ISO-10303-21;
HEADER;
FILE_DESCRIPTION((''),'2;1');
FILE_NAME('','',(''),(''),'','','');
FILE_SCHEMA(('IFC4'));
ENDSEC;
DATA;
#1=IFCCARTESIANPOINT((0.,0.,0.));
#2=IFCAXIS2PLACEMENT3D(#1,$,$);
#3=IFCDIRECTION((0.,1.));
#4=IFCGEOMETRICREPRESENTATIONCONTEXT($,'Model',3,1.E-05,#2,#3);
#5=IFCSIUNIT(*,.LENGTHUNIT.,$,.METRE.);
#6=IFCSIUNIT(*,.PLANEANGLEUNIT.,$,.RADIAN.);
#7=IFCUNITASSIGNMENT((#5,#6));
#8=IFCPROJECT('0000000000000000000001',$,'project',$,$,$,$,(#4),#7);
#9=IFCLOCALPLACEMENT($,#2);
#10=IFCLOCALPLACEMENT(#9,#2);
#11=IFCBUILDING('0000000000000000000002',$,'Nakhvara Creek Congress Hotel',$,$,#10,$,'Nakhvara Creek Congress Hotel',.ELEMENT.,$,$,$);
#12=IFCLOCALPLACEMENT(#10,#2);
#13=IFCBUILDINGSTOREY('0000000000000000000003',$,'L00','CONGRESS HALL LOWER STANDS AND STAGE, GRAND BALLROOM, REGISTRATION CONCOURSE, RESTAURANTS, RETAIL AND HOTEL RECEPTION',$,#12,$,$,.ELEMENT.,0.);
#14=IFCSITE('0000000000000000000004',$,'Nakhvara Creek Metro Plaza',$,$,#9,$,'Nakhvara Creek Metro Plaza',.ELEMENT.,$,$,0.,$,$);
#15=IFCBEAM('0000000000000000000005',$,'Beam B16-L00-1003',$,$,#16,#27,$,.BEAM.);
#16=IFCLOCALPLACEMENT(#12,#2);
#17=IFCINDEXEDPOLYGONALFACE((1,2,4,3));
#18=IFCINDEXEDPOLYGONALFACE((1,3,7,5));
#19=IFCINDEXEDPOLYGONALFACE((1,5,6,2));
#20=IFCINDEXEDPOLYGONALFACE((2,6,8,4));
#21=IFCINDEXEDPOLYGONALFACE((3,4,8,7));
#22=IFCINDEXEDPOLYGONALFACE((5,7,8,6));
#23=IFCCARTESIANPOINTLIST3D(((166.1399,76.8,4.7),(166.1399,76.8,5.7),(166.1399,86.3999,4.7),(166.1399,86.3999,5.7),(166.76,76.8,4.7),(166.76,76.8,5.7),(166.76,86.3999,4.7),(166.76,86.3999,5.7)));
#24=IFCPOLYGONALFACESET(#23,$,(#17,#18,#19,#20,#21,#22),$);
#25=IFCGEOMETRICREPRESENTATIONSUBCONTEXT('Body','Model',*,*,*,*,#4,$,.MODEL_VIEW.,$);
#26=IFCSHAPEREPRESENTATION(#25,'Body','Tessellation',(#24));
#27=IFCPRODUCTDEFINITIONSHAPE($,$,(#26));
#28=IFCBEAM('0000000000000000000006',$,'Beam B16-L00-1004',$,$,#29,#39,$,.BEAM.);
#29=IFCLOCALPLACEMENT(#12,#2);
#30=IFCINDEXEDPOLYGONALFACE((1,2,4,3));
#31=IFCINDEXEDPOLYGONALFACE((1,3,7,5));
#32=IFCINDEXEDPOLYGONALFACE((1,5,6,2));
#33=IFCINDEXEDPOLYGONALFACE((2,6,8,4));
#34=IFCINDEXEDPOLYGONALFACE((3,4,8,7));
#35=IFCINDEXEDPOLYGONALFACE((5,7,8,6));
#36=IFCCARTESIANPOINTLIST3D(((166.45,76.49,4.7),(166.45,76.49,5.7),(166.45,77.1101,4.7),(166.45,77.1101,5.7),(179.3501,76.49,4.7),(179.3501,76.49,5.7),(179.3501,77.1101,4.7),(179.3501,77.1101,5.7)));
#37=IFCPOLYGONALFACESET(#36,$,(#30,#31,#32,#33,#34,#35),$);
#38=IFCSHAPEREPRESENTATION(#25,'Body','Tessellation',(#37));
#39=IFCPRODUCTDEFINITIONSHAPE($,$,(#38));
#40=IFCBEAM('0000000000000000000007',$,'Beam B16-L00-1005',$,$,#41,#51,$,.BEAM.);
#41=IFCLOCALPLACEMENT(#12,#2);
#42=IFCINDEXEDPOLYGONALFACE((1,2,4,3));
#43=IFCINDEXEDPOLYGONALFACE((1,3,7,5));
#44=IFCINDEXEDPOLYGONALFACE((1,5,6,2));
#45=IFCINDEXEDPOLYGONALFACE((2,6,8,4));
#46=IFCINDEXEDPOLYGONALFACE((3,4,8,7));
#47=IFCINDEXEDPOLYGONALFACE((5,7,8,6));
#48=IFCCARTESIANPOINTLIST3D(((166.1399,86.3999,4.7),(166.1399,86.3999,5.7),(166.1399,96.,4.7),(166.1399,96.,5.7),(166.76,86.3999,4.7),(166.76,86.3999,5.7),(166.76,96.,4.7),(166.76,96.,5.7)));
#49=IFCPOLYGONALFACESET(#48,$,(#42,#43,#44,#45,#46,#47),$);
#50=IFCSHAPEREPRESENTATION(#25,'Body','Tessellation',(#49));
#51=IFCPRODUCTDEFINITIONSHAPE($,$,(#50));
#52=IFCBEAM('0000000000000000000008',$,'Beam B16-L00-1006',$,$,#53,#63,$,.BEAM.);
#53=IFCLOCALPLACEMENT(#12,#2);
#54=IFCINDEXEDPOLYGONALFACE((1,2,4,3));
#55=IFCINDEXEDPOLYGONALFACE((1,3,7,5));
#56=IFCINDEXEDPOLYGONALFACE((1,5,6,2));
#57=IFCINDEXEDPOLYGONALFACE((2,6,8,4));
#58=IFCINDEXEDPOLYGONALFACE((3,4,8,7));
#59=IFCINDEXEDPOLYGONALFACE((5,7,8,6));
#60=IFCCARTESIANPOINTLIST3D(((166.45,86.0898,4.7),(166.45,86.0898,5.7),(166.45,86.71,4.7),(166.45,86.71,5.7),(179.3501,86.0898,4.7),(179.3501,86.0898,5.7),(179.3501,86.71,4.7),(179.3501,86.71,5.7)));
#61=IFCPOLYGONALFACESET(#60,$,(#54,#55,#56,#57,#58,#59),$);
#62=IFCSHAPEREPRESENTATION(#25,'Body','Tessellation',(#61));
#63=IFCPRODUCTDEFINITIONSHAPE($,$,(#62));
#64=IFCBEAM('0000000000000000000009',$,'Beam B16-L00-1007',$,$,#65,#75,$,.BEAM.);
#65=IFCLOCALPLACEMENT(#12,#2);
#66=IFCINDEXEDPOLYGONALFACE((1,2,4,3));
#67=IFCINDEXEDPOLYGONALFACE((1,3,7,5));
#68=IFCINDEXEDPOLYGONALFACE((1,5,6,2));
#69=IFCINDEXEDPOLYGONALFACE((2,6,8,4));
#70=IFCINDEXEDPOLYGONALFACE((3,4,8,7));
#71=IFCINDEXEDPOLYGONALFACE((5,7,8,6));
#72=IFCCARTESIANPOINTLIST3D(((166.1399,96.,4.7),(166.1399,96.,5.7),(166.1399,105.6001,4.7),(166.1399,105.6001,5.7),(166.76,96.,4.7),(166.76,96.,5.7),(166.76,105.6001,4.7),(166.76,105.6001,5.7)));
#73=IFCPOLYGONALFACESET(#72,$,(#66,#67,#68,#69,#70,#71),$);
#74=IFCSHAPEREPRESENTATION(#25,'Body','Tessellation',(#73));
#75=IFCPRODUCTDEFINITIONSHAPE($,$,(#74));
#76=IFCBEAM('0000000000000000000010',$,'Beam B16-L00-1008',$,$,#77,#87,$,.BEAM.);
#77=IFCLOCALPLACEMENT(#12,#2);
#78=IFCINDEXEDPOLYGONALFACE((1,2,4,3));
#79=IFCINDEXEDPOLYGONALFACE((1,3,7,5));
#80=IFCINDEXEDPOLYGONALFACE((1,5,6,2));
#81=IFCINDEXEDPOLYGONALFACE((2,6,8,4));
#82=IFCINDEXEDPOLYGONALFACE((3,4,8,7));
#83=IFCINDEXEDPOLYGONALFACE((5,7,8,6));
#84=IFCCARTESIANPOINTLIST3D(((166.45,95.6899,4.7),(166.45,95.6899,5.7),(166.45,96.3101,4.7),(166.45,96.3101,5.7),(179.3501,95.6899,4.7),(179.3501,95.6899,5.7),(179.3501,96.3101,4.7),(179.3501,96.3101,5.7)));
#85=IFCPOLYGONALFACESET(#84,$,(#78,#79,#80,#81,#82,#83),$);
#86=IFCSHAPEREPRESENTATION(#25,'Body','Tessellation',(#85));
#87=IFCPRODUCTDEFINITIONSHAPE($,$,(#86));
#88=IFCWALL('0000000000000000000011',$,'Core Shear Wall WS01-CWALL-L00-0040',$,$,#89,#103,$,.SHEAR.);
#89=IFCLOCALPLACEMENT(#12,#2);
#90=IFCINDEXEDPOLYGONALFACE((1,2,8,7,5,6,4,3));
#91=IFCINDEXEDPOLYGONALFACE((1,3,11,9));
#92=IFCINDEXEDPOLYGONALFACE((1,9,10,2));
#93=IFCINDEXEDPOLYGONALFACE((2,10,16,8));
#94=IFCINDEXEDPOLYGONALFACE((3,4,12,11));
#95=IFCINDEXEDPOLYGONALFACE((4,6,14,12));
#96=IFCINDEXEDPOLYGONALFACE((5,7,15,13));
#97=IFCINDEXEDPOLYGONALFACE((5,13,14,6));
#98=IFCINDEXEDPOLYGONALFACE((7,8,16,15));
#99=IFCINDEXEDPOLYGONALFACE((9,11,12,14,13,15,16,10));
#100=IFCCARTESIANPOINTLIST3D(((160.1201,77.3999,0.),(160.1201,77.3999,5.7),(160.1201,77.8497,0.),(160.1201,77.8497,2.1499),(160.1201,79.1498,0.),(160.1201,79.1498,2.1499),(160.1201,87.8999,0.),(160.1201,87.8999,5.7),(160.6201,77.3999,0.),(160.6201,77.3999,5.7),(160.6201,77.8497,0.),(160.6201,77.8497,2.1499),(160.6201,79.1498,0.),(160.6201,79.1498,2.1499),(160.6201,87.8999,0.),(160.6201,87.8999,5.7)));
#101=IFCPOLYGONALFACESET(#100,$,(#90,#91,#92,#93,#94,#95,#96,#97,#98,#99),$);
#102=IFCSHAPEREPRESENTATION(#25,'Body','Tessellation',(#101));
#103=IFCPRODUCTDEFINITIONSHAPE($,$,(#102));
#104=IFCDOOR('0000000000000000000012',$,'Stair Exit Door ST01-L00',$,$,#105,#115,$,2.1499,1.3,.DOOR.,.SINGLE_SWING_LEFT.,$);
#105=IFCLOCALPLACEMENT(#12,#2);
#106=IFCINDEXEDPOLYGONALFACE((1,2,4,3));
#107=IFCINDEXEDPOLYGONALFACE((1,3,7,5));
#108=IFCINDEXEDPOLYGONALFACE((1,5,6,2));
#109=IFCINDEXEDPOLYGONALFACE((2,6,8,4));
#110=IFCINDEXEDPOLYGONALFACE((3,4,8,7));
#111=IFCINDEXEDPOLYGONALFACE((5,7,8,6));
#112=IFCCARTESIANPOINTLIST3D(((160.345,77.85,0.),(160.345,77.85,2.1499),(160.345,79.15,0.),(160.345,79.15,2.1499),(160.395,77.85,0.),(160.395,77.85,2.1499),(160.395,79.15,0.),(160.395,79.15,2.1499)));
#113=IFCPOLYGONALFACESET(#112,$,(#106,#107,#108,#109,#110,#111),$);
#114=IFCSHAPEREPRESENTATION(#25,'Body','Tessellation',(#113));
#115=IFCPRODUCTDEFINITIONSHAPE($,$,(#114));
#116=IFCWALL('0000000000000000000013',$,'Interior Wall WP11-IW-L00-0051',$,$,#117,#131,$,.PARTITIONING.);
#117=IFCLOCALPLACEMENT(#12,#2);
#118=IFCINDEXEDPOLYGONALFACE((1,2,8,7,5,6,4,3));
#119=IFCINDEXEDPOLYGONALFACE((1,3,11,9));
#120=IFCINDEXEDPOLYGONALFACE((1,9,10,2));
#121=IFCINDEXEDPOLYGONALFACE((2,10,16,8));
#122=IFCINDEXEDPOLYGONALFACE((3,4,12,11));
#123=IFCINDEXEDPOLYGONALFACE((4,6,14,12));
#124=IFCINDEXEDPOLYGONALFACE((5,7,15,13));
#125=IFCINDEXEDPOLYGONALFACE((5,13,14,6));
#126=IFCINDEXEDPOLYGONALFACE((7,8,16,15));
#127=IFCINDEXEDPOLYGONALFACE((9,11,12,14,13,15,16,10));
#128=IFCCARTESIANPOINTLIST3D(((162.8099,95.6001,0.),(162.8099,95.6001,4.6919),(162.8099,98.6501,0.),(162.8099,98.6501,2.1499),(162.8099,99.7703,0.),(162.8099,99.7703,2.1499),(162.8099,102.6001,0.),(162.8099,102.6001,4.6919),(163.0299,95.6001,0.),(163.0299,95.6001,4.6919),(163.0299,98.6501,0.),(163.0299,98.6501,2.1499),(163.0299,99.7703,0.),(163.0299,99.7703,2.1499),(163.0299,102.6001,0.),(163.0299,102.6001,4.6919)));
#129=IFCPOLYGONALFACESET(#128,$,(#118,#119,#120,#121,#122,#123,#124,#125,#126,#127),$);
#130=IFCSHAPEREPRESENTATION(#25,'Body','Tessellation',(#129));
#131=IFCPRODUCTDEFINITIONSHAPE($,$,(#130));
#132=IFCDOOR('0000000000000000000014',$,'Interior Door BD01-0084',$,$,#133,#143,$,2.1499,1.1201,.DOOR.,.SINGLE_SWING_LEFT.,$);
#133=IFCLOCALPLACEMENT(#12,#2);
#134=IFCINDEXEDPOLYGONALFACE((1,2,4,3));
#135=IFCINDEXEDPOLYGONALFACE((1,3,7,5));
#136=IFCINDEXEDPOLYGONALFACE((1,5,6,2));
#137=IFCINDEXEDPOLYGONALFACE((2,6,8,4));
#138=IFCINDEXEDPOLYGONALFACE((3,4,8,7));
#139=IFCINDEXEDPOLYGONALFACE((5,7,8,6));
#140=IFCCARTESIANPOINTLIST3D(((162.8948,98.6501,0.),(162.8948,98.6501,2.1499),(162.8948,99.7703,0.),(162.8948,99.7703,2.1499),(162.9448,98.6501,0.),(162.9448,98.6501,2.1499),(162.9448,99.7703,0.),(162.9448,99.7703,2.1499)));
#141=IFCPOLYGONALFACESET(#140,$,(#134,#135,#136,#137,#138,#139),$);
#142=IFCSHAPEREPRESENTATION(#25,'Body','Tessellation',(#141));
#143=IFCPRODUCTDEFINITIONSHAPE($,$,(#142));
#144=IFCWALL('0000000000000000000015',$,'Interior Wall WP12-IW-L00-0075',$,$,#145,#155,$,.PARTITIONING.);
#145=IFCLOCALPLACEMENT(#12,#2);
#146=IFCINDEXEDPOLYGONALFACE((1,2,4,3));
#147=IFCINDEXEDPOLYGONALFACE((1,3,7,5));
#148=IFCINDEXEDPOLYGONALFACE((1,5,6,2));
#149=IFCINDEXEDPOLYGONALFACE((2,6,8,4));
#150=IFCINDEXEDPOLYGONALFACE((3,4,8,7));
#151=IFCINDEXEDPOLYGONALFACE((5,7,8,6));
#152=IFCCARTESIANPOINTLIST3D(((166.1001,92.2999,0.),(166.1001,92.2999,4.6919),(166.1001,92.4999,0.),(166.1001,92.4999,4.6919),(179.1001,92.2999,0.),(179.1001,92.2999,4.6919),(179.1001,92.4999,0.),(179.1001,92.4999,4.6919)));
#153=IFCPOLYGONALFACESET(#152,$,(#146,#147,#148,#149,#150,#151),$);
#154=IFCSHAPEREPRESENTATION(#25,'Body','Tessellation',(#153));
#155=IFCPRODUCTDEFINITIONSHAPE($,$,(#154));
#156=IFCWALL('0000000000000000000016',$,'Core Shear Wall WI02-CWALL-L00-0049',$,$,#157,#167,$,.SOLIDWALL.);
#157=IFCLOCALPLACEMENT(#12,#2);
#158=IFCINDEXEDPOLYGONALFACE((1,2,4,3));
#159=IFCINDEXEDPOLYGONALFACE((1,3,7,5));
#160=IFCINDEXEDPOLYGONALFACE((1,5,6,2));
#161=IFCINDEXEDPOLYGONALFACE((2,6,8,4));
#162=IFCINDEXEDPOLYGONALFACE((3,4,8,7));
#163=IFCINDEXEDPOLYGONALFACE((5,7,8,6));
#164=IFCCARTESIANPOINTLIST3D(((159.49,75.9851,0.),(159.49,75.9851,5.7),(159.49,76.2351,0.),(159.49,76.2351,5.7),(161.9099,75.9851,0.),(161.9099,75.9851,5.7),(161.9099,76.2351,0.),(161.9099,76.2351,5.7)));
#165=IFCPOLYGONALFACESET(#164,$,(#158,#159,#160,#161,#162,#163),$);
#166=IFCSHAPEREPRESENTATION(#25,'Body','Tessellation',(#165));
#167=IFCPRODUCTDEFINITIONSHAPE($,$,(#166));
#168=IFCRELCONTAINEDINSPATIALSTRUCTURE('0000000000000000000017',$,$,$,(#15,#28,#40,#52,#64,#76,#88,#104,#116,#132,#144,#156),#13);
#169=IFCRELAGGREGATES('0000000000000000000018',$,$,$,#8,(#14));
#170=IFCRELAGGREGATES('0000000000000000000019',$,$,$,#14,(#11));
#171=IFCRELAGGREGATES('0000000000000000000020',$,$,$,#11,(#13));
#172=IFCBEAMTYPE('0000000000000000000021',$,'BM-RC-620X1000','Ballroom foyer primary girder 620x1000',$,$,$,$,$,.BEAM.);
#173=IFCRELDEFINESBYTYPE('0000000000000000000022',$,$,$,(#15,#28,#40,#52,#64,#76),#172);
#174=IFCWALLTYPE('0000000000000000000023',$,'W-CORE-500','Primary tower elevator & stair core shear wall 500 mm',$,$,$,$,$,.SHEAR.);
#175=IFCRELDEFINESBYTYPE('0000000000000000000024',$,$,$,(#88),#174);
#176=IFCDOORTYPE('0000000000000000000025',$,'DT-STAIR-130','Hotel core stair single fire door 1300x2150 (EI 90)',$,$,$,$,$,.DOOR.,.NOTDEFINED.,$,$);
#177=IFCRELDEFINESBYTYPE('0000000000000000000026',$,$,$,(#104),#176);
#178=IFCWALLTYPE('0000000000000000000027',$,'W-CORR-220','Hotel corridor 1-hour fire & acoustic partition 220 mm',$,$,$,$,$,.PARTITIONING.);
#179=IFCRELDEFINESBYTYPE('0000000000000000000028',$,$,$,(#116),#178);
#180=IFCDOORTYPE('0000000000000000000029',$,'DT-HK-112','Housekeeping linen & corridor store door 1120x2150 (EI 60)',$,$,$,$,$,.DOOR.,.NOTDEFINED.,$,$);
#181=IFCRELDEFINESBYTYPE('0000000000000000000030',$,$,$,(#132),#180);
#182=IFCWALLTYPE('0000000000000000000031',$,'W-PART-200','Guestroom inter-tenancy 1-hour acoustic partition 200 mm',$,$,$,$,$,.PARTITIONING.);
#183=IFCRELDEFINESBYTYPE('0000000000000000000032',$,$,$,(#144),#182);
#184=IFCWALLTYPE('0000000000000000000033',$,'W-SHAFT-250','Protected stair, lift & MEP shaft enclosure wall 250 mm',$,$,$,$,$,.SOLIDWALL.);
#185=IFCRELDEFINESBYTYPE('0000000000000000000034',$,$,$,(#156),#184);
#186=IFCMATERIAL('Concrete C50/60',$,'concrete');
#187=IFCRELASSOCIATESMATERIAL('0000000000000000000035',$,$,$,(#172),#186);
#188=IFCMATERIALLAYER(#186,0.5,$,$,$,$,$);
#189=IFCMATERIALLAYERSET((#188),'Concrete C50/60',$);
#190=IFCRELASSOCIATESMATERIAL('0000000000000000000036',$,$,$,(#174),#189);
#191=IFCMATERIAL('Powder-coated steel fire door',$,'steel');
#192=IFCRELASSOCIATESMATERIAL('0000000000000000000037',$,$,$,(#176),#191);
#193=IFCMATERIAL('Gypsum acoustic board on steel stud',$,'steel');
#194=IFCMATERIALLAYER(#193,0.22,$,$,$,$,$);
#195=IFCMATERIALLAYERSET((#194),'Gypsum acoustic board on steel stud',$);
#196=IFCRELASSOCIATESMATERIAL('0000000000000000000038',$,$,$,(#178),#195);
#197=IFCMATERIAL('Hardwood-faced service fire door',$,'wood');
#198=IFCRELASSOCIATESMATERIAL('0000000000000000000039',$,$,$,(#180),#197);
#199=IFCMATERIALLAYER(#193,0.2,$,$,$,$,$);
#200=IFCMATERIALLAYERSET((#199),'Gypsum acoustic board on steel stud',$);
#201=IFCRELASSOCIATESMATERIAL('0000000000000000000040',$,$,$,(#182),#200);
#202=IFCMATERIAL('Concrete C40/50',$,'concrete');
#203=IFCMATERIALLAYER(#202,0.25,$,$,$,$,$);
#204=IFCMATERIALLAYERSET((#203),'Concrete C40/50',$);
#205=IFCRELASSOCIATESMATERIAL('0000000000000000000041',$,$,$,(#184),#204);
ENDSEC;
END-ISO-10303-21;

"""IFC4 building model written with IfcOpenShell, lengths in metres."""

from ifc_helpers import new_model, si_unit, direction, frame, frame_2d, origin, origin_2d, place, context, subcontext, project, spatial, rectangle, extrude, material, layer, layer_set, material_profile, profile_set, type_object, element, fill, save


model = new_model("IFC4")

# Units and contexts
model_context = context("Model", 3, precision=1e-05, world=origin(), true_north=direction((0.0, 1.0)))
body_context = subcontext(model_context, "Body", "Model", "MODEL_VIEW")
ifc_project = project(units=[si_unit("LENGTHUNIT", "METRE"), si_unit("PLANEANGLEUNIT", "RADIAN")], contexts=[model_context])

# Site, building, storey
site_placement = place(None, origin())
site = spatial("IfcSite", under=ifc_project, at=site_placement, Name="Nakhvara Creek Metro Plaza", LongName="Nakhvara Creek Metro Plaza", CompositionType="ELEMENT", RefElevation=0.0)
building_placement = place(site_placement, origin())
building = spatial("IfcBuilding", under=site, at=building_placement, Name="Nakhvara Creek Congress Hotel", LongName="Nakhvara Creek Congress Hotel", CompositionType="ELEMENT")
storey_placement = place(building_placement, origin())
storey = spatial("IfcBuildingStorey", under=building, at=storey_placement, Name="L00", Description="CONGRESS HALL LOWER STANDS AND STAGE, GRAND BALLROOM, REGISTRATION CONCOURSE, RESTAURANTS, RETAIL AND HOTEL RECEPTION", CompositionType="ELEMENT", Elevation=0.0)

# Shared definitions
ifc_material_1 = material(Name="Concrete C50/60", Category="concrete")

# Beams
ifc_material_profile_1 = material_profile(ifc_material_1, rectangle(XDim=0.6201, YDim=1.0, at=origin_2d()), Name="RC-BM 620x1000", Category="LoadBearing")
ifc_profile_set_1 = profile_set([ifc_material_profile_1], Name="Concrete C50/60")
beam_type = type_object("IfcBeamType", Name="BM-RC-620X1000", Description="Ballroom foyer primary girder 620x1000", PredefinedType="BEAM", material=ifc_profile_set_1)
beam_1_placement = place(storey_placement, frame((166.45, 76.8, 5.2), z_axis=(0.0, 1.0, 0.0), x_axis=(-1.0, 0.0, 0.0)))
element("IfcBeam", 1, at=beam_1_placement, inside=storey, type_object=beam_type, Name="Beam B16-L00-1003", PredefinedType="BEAM", context=body_context, shape_type="SweptSolid", body=[
    extrude(rectangle(XDim=0.6201, YDim=1.0, at=origin_2d()), origin(), (0.0, 0.0, 1.0), 9.5999),
])
beam_2_placement = place(storey_placement, frame((166.45, 76.8, 5.2), z_axis=(1.0, 0.0, 0.0), x_axis=(0.0, 1.0, 0.0)))
element("IfcBeam", 2, at=beam_2_placement, inside=storey, type_object=beam_type, Name="Beam B16-L00-1004", PredefinedType="BEAM", context=body_context, shape_type="SweptSolid", body=[
    extrude(rectangle(XDim=0.6201, YDim=1.0, at=origin_2d()), origin(), (0.0, 0.0, 1.0), 12.9001),
])
beam_3_placement = place(storey_placement, frame((166.45, 86.3999, 5.2), z_axis=(0.0, 1.0, 0.0), x_axis=(-1.0, 0.0, 0.0)))
element("IfcBeam", 3, at=beam_3_placement, inside=storey, type_object=beam_type, Name="Beam B16-L00-1005", PredefinedType="BEAM", context=body_context, shape_type="SweptSolid", body=[
    extrude(rectangle(XDim=0.6201, YDim=1.0, at=origin_2d()), origin(), (0.0, 0.0, 1.0), 9.6001),
])
beam_4_placement = place(storey_placement, frame((166.45, 86.3999, 5.2), z_axis=(1.0, 0.0, 0.0), x_axis=(0.0, 1.0, 0.0)))
element("IfcBeam", 4, at=beam_4_placement, inside=storey, type_object=beam_type, Name="Beam B16-L00-1006", PredefinedType="BEAM", context=body_context, shape_type="SweptSolid", body=[
    extrude(rectangle(XDim=0.6201, YDim=1.0, at=origin_2d()), origin(), (0.0, 0.0, 1.0), 12.9001),
])
beam_5_placement = place(storey_placement, frame((166.45, 96.0, 5.2), z_axis=(0.0, 1.0, 0.0), x_axis=(-1.0, 0.0, 0.0)))
element("IfcBeam", 5, at=beam_5_placement, inside=storey, type_object=beam_type, Name="Beam B16-L00-1007", PredefinedType="BEAM", context=body_context, shape_type="SweptSolid", body=[
    extrude(rectangle(XDim=0.6201, YDim=1.0, at=origin_2d()), origin(), (0.0, 0.0, 1.0), 9.6001),
])
beam_6_placement = place(storey_placement, frame((166.45, 96.0, 5.2), z_axis=(1.0, 0.0, 0.0), x_axis=(0.0, 1.0, 0.0)))
element("IfcBeam", 6, at=beam_6_placement, inside=storey, type_object=beam_type, Name="Beam B16-L00-1008", PredefinedType="BEAM", context=body_context, shape_type="SweptSolid", body=[
    extrude(rectangle(XDim=0.6201, YDim=1.0, at=origin_2d()), origin(), (0.0, 0.0, 1.0), 12.9001),
])

# Walls, openings, doors
ifc_layer_1 = layer(ifc_material_1, 0.5)
ifc_layer_set_1 = layer_set([ifc_layer_1], Name="Concrete C50/60")
wall_type_1 = type_object("IfcWallType", Name="W-CORE-500", Description="Primary tower elevator & stair core shear wall 500 mm", PredefinedType="SHEAR", material=ifc_layer_set_1)
wall_1_placement = place(storey_placement, frame((160.3701, 77.3999, 0.0), z_axis=(0.0, 0.0, 1.0), x_axis=(0.0, 1.0, 0.0)))
wall_1 = element("IfcWall", 7, at=wall_1_placement, inside=storey, type_object=wall_type_1, Name="Core Shear Wall WS01-CWALL-L00-0040", PredefinedType="SHEAR", context=body_context, shape_type="SweptSolid", body=[
    extrude(rectangle(XDim=10.5, YDim=0.5, at=frame_2d((5.25, 0.0))), origin(), (0.0, 0.0, 1.0), 5.7),
])
opening_1_placement = place(wall_1_placement, frame((0.45, 0.0, 0.0)))
opening_1 = element("IfcOpeningElement", 8, at=opening_1_placement, cuts=wall_1, PredefinedType="OPENING", context=body_context, shape_type="SweptSolid", body=[
    extrude(rectangle(XDim=1.3, YDim=2.1499, at=frame_2d((0.6499, 1.075))), frame((0.0, 0.262, 0.0), z_axis=(0.0, -1.0, 0.0), x_axis=(1.0, 0.0, 0.0)), (0.0, 0.0, 1.0), 0.5239),
])
ifc_material_2 = material(Name="Powder-coated steel fire door", Category="steel")
door_type_1 = type_object("IfcDoorType", Name="DT-STAIR-130", Description="Hotel core stair single fire door 1300x2150 (EI 90)", OperationType="NOTDEFINED", PredefinedType="DOOR", material=ifc_material_2)
door_1_placement = place(opening_1_placement, frame((1.3, 0.0, 0.0), z_axis=(0.0, 0.0, 1.0), x_axis=(-1.0, 0.0, 0.0)))
door_1 = element("IfcDoor", 9, at=door_1_placement, inside=storey, type_object=door_type_1, Name="Stair Exit Door ST01-L00", OperationType="SINGLE_SWING_LEFT", OverallHeight=2.1499, OverallWidth=1.3, PredefinedType="DOOR", context=body_context, shape_type="SweptSolid", body=[
    extrude(rectangle(XDim=1.3, YDim=2.1499, at=frame_2d((0.6499, 1.075))), frame((0.0, 0.0249, 0.0), z_axis=(0.0, -1.0, 0.0), x_axis=(1.0, 0.0, 0.0)), (0.0, 0.0, 1.0), 0.05),
])
fill(opening_1, door_1)
ifc_material_3 = material(Name="Gypsum acoustic board on steel stud", Category="steel")
ifc_layer_2 = layer(ifc_material_3, 0.22)
ifc_layer_set_2 = layer_set([ifc_layer_2], Name="Gypsum acoustic board on steel stud")
wall_type_2 = type_object("IfcWallType", Name="W-CORR-220", Description="Hotel corridor 1-hour fire & acoustic partition 220 mm", PredefinedType="PARTITIONING", material=ifc_layer_set_2)
wall_2_placement = place(storey_placement, frame((162.9199, 95.6001, 0.0), z_axis=(0.0, 0.0, 1.0), x_axis=(0.0, 1.0, 0.0)))
wall_2 = element("IfcWall", 10, at=wall_2_placement, inside=storey, type_object=wall_type_2, Name="Interior Wall WP11-IW-L00-0051", PredefinedType="PARTITIONING", context=body_context, shape_type="SweptSolid", body=[
    extrude(rectangle(XDim=7.0, YDim=0.22, at=frame_2d((3.5, 0.0))), origin(), (0.0, 0.0, 1.0), 4.6919),
])
opening_2_placement = place(wall_2_placement, frame((3.05, 0.0, 0.0)))
opening_2 = element("IfcOpeningElement", 11, at=opening_2_placement, cuts=wall_2, PredefinedType="OPENING", context=body_context, shape_type="SweptSolid", body=[
    extrude(rectangle(XDim=1.1201, YDim=2.1499, at=frame_2d((0.5601, 1.075))), frame((0.0, 0.1221, 0.0), z_axis=(0.0, -1.0, 0.0), x_axis=(1.0, 0.0, 0.0)), (0.0, 0.0, 1.0), 0.2439),
])
ifc_material_4 = material(Name="Hardwood-faced service fire door", Category="wood")
door_type_2 = type_object("IfcDoorType", Name="DT-HK-112", Description="Housekeeping linen & corridor store door 1120x2150 (EI 60)", OperationType="NOTDEFINED", PredefinedType="DOOR", material=ifc_material_4)
door_2_placement = place(opening_2_placement, frame((1.1201, 0.0, 0.0), z_axis=(0.0, 0.0, 1.0), x_axis=(-1.0, 0.0, 0.0)))
door_2 = element("IfcDoor", 12, at=door_2_placement, inside=storey, type_object=door_type_2, Name="Interior Door BD01-0084", OperationType="SINGLE_SWING_LEFT", OverallHeight=2.1499, OverallWidth=1.1201, PredefinedType="DOOR", context=body_context, shape_type="SweptSolid", body=[
    extrude(rectangle(XDim=1.1201, YDim=2.1499, at=frame_2d((0.5601, 1.075))), frame((0.0, 0.0249, 0.0), z_axis=(0.0, -1.0, 0.0), x_axis=(1.0, 0.0, 0.0)), (0.0, 0.0, 1.0), 0.05),
])
fill(opening_2, door_2)
ifc_material_5 = material(Name="Concrete C40/50", Category="concrete")

# Walls
ifc_layer_3 = layer(ifc_material_3, 0.2)
ifc_layer_set_3 = layer_set([ifc_layer_3], Name="Gypsum acoustic board on steel stud")
wall_type_3 = type_object("IfcWallType", Name="W-PART-200", Description="Guestroom inter-tenancy 1-hour acoustic partition 200 mm", PredefinedType="PARTITIONING", material=ifc_layer_set_3)
wall_3_placement = place(storey_placement, frame((166.1001, 92.3999, 0.0), z_axis=(0.0, 0.0, 1.0), x_axis=(1.0, 0.0, 0.0)))
element("IfcWall", 13, at=wall_3_placement, inside=storey, type_object=wall_type_3, Name="Interior Wall WP12-IW-L00-0075", PredefinedType="PARTITIONING", context=body_context, shape_type="SweptSolid", body=[
    extrude(rectangle(XDim=13.0, YDim=0.2, at=frame_2d((6.5, 0.0))), origin(), (0.0, 0.0, 1.0), 4.6919),
])
ifc_layer_4 = layer(ifc_material_5, 0.25)
ifc_layer_set_4 = layer_set([ifc_layer_4], Name="Concrete C40/50")
wall_type_4 = type_object("IfcWallType", Name="W-SHAFT-250", Description="Protected stair, lift & MEP shaft enclosure wall 250 mm", PredefinedType="SOLIDWALL", material=ifc_layer_set_4)
wall_4_placement = place(storey_placement, frame((159.49, 76.1101, 0.0), z_axis=(0.0, 0.0, 1.0), x_axis=(1.0, 0.0, 0.0)))
element("IfcWall", 14, at=wall_4_placement, inside=storey, type_object=wall_type_4, Name="Core Shear Wall WI02-CWALL-L00-0049", PredefinedType="SOLIDWALL", context=body_context, shape_type="SweptSolid", body=[
    extrude(rectangle(XDim=2.4199, YDim=0.25, at=frame_2d((1.21, 0.0))), origin(), (0.0, 0.0, 1.0), 5.7),
])

save(model, "model.ifc")
